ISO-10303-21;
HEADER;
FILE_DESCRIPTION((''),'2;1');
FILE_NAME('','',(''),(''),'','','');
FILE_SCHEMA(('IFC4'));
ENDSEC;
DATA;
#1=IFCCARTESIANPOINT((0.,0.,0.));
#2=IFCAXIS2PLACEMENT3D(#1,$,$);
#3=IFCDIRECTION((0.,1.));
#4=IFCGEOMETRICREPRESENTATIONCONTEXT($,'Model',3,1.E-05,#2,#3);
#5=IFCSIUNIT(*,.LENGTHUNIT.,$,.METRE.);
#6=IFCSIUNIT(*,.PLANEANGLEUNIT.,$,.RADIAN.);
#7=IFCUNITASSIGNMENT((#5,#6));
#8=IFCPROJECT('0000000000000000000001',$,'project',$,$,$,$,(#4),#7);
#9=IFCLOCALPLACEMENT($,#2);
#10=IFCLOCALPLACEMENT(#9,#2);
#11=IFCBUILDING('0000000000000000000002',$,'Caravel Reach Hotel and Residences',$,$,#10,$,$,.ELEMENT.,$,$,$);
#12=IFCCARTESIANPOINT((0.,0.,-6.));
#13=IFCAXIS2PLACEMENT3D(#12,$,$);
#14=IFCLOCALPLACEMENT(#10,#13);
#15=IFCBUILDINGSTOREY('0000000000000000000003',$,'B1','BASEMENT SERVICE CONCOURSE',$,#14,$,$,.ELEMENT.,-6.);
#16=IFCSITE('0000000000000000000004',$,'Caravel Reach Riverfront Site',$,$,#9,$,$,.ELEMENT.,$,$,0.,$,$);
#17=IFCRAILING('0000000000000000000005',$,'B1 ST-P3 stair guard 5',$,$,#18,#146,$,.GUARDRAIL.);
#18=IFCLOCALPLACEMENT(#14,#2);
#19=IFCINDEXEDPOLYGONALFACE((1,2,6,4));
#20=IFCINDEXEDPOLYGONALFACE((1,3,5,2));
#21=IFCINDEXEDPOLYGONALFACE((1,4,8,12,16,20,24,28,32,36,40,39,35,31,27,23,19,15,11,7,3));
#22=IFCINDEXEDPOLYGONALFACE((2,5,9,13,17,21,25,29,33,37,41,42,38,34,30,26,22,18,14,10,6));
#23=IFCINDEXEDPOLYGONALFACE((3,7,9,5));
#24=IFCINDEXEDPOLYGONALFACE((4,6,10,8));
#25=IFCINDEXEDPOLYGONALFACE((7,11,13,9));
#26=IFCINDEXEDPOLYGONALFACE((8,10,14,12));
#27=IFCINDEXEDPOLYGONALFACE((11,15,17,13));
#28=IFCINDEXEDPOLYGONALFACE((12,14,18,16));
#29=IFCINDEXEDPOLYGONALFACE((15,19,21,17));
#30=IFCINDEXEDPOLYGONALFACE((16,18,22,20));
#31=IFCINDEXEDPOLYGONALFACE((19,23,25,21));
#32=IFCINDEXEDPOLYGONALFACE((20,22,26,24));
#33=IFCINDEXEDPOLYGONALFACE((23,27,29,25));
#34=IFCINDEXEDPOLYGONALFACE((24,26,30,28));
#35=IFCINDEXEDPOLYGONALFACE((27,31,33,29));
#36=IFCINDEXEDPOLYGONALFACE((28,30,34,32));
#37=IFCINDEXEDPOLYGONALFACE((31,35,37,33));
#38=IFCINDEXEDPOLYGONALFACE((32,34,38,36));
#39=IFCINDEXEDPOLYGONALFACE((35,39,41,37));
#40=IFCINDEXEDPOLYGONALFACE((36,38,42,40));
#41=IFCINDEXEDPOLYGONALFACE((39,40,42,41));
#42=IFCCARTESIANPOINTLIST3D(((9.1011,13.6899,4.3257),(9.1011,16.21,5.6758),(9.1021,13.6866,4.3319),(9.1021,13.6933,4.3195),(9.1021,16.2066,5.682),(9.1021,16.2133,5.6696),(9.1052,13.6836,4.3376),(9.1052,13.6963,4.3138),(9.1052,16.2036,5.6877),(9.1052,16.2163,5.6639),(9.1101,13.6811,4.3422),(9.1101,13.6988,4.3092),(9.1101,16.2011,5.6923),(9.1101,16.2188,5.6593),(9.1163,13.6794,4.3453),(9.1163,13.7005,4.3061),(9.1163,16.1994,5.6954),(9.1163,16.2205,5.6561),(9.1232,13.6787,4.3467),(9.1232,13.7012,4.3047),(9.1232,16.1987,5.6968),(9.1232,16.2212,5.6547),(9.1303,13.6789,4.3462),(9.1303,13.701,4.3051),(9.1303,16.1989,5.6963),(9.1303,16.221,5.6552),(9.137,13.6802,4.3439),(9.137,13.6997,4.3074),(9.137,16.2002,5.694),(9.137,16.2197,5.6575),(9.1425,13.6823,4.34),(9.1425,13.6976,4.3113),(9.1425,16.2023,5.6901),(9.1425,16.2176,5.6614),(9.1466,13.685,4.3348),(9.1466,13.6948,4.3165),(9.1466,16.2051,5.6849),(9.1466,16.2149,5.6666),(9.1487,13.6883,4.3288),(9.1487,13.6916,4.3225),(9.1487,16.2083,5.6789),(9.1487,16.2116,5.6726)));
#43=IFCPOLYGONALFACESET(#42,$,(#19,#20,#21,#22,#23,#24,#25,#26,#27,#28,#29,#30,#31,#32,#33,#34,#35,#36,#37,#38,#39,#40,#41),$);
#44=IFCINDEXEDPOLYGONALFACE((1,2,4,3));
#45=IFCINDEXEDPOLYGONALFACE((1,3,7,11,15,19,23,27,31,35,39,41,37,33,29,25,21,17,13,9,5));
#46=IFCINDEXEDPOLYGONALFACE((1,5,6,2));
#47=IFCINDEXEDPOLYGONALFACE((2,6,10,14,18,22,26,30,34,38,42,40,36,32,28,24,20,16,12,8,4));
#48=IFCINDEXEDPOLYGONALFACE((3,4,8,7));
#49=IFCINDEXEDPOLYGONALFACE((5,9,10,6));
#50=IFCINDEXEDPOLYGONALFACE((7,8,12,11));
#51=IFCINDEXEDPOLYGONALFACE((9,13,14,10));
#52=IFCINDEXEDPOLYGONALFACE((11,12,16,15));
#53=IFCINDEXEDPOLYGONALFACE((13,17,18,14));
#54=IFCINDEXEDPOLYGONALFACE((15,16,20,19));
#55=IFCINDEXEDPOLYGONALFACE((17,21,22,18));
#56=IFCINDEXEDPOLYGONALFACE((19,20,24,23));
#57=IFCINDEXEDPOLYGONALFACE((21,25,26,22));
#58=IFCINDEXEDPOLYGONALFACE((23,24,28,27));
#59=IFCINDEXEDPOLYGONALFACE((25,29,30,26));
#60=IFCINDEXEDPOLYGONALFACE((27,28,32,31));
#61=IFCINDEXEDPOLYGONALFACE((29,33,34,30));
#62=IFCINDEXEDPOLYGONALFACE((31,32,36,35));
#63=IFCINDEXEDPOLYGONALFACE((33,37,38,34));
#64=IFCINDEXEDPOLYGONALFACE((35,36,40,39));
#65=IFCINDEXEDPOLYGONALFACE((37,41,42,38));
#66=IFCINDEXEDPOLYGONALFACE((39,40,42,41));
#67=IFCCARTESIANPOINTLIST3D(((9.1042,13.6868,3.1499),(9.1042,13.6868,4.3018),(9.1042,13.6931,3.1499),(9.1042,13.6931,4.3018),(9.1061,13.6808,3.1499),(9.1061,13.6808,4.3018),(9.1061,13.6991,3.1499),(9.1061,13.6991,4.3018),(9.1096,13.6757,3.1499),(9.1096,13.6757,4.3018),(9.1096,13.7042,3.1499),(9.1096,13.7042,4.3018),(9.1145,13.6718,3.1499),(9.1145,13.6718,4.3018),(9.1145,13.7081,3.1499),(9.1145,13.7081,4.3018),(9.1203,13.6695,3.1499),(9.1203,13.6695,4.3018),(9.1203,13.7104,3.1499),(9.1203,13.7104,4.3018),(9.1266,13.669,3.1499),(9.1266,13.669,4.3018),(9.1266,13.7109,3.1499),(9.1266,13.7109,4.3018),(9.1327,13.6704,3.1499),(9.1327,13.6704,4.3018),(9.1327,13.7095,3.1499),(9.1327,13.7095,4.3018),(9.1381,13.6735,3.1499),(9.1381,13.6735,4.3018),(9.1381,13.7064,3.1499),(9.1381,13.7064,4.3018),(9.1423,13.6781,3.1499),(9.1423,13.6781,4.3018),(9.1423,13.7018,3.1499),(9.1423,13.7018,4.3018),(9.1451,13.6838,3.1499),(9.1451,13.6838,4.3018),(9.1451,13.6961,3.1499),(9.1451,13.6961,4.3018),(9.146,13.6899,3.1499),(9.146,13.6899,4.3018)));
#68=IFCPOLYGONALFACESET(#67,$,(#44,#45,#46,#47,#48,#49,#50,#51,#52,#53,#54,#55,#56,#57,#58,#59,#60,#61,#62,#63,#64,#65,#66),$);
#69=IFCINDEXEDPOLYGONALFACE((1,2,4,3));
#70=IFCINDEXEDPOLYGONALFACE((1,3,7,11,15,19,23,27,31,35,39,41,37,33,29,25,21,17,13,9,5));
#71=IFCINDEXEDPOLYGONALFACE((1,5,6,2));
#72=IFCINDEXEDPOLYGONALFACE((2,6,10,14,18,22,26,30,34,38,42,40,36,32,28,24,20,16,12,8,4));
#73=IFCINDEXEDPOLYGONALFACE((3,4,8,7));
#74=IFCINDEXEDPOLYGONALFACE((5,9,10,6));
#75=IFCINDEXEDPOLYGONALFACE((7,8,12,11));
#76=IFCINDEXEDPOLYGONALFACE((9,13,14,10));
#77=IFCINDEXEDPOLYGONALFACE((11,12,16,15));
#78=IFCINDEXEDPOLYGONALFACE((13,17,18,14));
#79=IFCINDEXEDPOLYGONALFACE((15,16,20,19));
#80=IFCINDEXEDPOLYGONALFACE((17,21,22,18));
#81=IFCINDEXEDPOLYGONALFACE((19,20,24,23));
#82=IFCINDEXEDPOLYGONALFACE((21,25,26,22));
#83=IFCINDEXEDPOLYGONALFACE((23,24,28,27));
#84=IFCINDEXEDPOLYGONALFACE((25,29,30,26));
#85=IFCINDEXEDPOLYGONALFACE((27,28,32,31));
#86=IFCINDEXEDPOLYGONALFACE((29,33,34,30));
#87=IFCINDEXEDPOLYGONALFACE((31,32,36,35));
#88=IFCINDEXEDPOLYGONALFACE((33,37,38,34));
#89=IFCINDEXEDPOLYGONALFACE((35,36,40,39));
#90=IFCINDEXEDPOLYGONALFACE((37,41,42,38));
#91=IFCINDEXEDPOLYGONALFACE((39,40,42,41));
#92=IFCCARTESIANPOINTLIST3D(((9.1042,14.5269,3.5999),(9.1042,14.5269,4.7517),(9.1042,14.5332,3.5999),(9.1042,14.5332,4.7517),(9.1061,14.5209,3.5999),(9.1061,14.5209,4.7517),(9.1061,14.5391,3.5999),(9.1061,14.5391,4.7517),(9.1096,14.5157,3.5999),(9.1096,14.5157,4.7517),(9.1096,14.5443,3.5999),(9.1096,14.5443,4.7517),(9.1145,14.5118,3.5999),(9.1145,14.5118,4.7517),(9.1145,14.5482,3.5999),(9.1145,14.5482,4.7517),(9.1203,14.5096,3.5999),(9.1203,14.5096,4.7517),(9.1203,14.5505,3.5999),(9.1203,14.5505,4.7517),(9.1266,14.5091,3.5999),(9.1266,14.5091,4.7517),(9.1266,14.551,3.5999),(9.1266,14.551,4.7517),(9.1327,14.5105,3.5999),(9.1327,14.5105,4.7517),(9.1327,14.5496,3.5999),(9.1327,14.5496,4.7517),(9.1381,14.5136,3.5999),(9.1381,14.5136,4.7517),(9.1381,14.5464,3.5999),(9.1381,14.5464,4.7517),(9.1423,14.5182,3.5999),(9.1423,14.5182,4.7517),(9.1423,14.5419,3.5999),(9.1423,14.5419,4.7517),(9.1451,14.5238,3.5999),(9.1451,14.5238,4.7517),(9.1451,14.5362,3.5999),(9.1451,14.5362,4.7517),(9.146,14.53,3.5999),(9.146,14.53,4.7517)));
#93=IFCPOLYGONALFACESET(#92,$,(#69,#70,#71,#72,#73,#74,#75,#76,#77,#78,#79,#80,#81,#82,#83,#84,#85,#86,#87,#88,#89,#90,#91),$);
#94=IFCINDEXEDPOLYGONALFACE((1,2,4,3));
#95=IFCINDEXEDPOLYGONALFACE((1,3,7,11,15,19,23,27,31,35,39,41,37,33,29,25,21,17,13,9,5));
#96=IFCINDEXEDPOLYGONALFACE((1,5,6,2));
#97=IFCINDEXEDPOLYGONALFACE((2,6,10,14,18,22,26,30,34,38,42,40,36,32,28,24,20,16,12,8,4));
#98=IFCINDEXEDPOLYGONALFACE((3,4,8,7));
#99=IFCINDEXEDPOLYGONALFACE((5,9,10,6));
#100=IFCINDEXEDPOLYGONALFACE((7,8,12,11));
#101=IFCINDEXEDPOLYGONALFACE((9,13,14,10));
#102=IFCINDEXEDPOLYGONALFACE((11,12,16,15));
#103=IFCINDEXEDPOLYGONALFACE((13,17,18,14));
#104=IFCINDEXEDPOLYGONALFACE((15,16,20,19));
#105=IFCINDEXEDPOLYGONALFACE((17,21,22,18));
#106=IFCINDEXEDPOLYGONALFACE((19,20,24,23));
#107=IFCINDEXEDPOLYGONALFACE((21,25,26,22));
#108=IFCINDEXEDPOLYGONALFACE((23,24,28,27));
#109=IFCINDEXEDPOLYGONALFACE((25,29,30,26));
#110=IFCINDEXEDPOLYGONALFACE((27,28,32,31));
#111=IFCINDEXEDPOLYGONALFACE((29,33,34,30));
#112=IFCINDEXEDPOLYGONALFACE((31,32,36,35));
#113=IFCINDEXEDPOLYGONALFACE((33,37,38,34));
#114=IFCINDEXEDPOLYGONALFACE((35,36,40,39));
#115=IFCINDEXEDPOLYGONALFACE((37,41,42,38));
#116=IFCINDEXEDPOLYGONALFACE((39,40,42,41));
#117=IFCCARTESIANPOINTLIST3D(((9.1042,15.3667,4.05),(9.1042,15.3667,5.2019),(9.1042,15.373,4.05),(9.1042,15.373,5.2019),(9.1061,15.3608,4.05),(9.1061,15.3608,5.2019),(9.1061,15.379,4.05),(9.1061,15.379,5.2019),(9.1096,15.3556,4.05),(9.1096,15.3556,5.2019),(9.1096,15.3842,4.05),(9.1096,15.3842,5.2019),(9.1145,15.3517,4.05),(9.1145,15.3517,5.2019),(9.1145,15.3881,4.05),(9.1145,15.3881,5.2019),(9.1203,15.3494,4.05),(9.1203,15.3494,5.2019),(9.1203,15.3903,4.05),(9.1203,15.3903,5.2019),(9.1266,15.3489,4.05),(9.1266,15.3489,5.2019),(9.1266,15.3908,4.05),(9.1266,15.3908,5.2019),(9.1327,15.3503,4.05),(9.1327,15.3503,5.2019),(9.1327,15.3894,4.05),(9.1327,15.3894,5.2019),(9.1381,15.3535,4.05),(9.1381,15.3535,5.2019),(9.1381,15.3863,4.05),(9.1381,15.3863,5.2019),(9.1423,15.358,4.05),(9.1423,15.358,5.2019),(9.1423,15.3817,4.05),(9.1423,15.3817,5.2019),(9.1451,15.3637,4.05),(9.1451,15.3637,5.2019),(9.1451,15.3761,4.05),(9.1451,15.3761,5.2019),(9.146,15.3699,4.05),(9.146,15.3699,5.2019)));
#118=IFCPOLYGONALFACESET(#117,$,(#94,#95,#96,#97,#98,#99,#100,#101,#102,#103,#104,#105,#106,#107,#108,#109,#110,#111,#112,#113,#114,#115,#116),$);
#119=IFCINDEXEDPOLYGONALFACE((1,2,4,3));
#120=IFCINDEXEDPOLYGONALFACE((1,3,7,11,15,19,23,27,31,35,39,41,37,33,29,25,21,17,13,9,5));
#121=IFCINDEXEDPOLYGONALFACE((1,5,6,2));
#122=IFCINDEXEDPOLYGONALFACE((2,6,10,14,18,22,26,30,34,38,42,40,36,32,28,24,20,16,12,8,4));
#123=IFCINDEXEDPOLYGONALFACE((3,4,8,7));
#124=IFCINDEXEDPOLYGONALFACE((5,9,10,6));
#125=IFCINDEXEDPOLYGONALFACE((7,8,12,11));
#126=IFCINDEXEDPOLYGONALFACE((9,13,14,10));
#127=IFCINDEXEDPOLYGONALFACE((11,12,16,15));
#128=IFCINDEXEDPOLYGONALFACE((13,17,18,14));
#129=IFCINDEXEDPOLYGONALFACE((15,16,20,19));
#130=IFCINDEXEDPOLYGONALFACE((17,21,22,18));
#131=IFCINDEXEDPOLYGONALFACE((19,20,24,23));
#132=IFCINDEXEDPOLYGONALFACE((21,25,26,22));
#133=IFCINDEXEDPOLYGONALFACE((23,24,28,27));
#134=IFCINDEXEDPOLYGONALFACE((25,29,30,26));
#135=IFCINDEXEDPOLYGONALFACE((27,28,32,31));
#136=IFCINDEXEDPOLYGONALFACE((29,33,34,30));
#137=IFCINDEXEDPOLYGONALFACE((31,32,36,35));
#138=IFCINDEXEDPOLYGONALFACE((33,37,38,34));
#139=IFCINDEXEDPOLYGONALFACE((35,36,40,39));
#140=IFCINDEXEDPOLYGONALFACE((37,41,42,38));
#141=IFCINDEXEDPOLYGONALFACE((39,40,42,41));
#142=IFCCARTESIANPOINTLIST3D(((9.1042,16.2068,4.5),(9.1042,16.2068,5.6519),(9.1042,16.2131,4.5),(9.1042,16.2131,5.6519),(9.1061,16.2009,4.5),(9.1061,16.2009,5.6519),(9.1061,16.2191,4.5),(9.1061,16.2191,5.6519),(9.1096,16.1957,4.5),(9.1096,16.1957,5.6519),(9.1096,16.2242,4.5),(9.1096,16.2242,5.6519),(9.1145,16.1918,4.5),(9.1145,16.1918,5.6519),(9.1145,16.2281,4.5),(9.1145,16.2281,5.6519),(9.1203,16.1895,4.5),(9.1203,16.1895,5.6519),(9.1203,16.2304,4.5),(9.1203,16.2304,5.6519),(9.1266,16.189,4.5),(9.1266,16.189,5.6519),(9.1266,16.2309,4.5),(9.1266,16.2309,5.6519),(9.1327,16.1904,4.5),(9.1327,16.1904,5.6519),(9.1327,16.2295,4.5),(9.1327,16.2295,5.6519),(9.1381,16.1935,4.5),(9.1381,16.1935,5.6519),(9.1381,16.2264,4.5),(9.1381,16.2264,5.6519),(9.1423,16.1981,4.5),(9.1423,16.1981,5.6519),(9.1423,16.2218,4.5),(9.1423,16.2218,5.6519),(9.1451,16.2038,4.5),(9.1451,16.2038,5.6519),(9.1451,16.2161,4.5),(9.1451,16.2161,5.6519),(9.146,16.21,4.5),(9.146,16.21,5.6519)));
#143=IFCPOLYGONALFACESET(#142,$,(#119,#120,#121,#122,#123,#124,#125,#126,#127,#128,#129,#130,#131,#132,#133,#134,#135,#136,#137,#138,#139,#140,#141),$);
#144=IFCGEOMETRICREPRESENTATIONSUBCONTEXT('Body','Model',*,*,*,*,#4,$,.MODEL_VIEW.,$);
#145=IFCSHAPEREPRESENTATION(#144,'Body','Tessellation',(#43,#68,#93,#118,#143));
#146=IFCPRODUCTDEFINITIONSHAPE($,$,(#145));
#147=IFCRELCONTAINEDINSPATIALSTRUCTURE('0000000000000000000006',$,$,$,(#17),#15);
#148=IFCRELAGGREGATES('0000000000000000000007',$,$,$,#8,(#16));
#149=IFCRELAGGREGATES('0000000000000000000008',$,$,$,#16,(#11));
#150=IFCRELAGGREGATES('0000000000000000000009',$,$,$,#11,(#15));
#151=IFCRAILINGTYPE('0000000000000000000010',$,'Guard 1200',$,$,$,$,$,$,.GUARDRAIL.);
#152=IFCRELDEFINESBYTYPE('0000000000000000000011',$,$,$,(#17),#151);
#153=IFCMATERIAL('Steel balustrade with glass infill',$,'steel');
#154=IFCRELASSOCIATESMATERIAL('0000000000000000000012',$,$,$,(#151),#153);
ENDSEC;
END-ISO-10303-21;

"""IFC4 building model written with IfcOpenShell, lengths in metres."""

from ifc_helpers import new_model, si_unit, direction, frame, origin, origin_2d, place, context, subcontext, project, spatial, circle, extrude, material, type_object, element, save


model = new_model("IFC4")

# Units and contexts
model_context = context("Model", 3, precision=1e-05, world=origin(), true_north=direction((0.0, 1.0)))
body_context = subcontext(model_context, "Body", "Model", "MODEL_VIEW")
ifc_project = project(units=[si_unit("LENGTHUNIT", "METRE"), si_unit("PLANEANGLEUNIT", "RADIAN")], contexts=[model_context])

# Site, building, storey
site_placement = place(None, origin())
site = spatial("IfcSite", under=ifc_project, at=site_placement, Name="Caravel Reach Riverfront Site", CompositionType="ELEMENT", RefElevation=0.0)
building_placement = place(site_placement, origin())
building = spatial("IfcBuilding", under=site, at=building_placement, Name="Caravel Reach Hotel and Residences", CompositionType="ELEMENT")
storey_placement = place(building_placement, frame((0.0, 0.0, -6.0)))
storey = spatial("IfcBuildingStorey", under=building, at=storey_placement, Name="B1", Description="BASEMENT SERVICE CONCOURSE", CompositionType="ELEMENT", Elevation=-6.0)

# Railing
ifc_material_1 = material(Name="Steel balustrade with glass infill", Category="steel")
railing_type_1 = type_object("IfcRailingType", Name="Guard 1200", PredefinedType="GUARDRAIL", material=ifc_material_1)
railing_1_placement = place(storey_placement, frame((9.125, 13.6899, 3.1499)))
element("IfcRailing", 1, at=railing_1_placement, inside=storey, type_object=railing_type_1, Name="B1 ST-P3 stair guard 5", PredefinedType="GUARDRAIL", context=body_context, shape_type="SweptSolid", body=[
    extrude(circle(Radius=0.0239, at=origin_2d()), frame((0.0, 0.0, 1.1758), z_axis=(0.0, 0.881467, 0.472245), x_axis=(-1.0, 0.0, 0.0)), (0.0, 0.0, 1.0), 2.8589),
    extrude(circle(Radius=0.021, at=origin_2d()), origin(), (0.0, 0.0, 1.0), 1.1519),
    extrude(circle(Radius=0.021, at=origin_2d()), frame((0.0, 0.8401, 0.45)), (0.0, 0.0, 1.0), 1.1519),
    extrude(circle(Radius=0.021, at=origin_2d()), frame((0.0, 1.6799, 0.9001)), (0.0, 0.0, 1.0), 1.1519),
    extrude(circle(Radius=0.021, at=origin_2d()), frame((0.0, 2.52, 1.3501)), (0.0, 0.0, 1.0), 1.1519),
])

save(model, "model.ifc")
